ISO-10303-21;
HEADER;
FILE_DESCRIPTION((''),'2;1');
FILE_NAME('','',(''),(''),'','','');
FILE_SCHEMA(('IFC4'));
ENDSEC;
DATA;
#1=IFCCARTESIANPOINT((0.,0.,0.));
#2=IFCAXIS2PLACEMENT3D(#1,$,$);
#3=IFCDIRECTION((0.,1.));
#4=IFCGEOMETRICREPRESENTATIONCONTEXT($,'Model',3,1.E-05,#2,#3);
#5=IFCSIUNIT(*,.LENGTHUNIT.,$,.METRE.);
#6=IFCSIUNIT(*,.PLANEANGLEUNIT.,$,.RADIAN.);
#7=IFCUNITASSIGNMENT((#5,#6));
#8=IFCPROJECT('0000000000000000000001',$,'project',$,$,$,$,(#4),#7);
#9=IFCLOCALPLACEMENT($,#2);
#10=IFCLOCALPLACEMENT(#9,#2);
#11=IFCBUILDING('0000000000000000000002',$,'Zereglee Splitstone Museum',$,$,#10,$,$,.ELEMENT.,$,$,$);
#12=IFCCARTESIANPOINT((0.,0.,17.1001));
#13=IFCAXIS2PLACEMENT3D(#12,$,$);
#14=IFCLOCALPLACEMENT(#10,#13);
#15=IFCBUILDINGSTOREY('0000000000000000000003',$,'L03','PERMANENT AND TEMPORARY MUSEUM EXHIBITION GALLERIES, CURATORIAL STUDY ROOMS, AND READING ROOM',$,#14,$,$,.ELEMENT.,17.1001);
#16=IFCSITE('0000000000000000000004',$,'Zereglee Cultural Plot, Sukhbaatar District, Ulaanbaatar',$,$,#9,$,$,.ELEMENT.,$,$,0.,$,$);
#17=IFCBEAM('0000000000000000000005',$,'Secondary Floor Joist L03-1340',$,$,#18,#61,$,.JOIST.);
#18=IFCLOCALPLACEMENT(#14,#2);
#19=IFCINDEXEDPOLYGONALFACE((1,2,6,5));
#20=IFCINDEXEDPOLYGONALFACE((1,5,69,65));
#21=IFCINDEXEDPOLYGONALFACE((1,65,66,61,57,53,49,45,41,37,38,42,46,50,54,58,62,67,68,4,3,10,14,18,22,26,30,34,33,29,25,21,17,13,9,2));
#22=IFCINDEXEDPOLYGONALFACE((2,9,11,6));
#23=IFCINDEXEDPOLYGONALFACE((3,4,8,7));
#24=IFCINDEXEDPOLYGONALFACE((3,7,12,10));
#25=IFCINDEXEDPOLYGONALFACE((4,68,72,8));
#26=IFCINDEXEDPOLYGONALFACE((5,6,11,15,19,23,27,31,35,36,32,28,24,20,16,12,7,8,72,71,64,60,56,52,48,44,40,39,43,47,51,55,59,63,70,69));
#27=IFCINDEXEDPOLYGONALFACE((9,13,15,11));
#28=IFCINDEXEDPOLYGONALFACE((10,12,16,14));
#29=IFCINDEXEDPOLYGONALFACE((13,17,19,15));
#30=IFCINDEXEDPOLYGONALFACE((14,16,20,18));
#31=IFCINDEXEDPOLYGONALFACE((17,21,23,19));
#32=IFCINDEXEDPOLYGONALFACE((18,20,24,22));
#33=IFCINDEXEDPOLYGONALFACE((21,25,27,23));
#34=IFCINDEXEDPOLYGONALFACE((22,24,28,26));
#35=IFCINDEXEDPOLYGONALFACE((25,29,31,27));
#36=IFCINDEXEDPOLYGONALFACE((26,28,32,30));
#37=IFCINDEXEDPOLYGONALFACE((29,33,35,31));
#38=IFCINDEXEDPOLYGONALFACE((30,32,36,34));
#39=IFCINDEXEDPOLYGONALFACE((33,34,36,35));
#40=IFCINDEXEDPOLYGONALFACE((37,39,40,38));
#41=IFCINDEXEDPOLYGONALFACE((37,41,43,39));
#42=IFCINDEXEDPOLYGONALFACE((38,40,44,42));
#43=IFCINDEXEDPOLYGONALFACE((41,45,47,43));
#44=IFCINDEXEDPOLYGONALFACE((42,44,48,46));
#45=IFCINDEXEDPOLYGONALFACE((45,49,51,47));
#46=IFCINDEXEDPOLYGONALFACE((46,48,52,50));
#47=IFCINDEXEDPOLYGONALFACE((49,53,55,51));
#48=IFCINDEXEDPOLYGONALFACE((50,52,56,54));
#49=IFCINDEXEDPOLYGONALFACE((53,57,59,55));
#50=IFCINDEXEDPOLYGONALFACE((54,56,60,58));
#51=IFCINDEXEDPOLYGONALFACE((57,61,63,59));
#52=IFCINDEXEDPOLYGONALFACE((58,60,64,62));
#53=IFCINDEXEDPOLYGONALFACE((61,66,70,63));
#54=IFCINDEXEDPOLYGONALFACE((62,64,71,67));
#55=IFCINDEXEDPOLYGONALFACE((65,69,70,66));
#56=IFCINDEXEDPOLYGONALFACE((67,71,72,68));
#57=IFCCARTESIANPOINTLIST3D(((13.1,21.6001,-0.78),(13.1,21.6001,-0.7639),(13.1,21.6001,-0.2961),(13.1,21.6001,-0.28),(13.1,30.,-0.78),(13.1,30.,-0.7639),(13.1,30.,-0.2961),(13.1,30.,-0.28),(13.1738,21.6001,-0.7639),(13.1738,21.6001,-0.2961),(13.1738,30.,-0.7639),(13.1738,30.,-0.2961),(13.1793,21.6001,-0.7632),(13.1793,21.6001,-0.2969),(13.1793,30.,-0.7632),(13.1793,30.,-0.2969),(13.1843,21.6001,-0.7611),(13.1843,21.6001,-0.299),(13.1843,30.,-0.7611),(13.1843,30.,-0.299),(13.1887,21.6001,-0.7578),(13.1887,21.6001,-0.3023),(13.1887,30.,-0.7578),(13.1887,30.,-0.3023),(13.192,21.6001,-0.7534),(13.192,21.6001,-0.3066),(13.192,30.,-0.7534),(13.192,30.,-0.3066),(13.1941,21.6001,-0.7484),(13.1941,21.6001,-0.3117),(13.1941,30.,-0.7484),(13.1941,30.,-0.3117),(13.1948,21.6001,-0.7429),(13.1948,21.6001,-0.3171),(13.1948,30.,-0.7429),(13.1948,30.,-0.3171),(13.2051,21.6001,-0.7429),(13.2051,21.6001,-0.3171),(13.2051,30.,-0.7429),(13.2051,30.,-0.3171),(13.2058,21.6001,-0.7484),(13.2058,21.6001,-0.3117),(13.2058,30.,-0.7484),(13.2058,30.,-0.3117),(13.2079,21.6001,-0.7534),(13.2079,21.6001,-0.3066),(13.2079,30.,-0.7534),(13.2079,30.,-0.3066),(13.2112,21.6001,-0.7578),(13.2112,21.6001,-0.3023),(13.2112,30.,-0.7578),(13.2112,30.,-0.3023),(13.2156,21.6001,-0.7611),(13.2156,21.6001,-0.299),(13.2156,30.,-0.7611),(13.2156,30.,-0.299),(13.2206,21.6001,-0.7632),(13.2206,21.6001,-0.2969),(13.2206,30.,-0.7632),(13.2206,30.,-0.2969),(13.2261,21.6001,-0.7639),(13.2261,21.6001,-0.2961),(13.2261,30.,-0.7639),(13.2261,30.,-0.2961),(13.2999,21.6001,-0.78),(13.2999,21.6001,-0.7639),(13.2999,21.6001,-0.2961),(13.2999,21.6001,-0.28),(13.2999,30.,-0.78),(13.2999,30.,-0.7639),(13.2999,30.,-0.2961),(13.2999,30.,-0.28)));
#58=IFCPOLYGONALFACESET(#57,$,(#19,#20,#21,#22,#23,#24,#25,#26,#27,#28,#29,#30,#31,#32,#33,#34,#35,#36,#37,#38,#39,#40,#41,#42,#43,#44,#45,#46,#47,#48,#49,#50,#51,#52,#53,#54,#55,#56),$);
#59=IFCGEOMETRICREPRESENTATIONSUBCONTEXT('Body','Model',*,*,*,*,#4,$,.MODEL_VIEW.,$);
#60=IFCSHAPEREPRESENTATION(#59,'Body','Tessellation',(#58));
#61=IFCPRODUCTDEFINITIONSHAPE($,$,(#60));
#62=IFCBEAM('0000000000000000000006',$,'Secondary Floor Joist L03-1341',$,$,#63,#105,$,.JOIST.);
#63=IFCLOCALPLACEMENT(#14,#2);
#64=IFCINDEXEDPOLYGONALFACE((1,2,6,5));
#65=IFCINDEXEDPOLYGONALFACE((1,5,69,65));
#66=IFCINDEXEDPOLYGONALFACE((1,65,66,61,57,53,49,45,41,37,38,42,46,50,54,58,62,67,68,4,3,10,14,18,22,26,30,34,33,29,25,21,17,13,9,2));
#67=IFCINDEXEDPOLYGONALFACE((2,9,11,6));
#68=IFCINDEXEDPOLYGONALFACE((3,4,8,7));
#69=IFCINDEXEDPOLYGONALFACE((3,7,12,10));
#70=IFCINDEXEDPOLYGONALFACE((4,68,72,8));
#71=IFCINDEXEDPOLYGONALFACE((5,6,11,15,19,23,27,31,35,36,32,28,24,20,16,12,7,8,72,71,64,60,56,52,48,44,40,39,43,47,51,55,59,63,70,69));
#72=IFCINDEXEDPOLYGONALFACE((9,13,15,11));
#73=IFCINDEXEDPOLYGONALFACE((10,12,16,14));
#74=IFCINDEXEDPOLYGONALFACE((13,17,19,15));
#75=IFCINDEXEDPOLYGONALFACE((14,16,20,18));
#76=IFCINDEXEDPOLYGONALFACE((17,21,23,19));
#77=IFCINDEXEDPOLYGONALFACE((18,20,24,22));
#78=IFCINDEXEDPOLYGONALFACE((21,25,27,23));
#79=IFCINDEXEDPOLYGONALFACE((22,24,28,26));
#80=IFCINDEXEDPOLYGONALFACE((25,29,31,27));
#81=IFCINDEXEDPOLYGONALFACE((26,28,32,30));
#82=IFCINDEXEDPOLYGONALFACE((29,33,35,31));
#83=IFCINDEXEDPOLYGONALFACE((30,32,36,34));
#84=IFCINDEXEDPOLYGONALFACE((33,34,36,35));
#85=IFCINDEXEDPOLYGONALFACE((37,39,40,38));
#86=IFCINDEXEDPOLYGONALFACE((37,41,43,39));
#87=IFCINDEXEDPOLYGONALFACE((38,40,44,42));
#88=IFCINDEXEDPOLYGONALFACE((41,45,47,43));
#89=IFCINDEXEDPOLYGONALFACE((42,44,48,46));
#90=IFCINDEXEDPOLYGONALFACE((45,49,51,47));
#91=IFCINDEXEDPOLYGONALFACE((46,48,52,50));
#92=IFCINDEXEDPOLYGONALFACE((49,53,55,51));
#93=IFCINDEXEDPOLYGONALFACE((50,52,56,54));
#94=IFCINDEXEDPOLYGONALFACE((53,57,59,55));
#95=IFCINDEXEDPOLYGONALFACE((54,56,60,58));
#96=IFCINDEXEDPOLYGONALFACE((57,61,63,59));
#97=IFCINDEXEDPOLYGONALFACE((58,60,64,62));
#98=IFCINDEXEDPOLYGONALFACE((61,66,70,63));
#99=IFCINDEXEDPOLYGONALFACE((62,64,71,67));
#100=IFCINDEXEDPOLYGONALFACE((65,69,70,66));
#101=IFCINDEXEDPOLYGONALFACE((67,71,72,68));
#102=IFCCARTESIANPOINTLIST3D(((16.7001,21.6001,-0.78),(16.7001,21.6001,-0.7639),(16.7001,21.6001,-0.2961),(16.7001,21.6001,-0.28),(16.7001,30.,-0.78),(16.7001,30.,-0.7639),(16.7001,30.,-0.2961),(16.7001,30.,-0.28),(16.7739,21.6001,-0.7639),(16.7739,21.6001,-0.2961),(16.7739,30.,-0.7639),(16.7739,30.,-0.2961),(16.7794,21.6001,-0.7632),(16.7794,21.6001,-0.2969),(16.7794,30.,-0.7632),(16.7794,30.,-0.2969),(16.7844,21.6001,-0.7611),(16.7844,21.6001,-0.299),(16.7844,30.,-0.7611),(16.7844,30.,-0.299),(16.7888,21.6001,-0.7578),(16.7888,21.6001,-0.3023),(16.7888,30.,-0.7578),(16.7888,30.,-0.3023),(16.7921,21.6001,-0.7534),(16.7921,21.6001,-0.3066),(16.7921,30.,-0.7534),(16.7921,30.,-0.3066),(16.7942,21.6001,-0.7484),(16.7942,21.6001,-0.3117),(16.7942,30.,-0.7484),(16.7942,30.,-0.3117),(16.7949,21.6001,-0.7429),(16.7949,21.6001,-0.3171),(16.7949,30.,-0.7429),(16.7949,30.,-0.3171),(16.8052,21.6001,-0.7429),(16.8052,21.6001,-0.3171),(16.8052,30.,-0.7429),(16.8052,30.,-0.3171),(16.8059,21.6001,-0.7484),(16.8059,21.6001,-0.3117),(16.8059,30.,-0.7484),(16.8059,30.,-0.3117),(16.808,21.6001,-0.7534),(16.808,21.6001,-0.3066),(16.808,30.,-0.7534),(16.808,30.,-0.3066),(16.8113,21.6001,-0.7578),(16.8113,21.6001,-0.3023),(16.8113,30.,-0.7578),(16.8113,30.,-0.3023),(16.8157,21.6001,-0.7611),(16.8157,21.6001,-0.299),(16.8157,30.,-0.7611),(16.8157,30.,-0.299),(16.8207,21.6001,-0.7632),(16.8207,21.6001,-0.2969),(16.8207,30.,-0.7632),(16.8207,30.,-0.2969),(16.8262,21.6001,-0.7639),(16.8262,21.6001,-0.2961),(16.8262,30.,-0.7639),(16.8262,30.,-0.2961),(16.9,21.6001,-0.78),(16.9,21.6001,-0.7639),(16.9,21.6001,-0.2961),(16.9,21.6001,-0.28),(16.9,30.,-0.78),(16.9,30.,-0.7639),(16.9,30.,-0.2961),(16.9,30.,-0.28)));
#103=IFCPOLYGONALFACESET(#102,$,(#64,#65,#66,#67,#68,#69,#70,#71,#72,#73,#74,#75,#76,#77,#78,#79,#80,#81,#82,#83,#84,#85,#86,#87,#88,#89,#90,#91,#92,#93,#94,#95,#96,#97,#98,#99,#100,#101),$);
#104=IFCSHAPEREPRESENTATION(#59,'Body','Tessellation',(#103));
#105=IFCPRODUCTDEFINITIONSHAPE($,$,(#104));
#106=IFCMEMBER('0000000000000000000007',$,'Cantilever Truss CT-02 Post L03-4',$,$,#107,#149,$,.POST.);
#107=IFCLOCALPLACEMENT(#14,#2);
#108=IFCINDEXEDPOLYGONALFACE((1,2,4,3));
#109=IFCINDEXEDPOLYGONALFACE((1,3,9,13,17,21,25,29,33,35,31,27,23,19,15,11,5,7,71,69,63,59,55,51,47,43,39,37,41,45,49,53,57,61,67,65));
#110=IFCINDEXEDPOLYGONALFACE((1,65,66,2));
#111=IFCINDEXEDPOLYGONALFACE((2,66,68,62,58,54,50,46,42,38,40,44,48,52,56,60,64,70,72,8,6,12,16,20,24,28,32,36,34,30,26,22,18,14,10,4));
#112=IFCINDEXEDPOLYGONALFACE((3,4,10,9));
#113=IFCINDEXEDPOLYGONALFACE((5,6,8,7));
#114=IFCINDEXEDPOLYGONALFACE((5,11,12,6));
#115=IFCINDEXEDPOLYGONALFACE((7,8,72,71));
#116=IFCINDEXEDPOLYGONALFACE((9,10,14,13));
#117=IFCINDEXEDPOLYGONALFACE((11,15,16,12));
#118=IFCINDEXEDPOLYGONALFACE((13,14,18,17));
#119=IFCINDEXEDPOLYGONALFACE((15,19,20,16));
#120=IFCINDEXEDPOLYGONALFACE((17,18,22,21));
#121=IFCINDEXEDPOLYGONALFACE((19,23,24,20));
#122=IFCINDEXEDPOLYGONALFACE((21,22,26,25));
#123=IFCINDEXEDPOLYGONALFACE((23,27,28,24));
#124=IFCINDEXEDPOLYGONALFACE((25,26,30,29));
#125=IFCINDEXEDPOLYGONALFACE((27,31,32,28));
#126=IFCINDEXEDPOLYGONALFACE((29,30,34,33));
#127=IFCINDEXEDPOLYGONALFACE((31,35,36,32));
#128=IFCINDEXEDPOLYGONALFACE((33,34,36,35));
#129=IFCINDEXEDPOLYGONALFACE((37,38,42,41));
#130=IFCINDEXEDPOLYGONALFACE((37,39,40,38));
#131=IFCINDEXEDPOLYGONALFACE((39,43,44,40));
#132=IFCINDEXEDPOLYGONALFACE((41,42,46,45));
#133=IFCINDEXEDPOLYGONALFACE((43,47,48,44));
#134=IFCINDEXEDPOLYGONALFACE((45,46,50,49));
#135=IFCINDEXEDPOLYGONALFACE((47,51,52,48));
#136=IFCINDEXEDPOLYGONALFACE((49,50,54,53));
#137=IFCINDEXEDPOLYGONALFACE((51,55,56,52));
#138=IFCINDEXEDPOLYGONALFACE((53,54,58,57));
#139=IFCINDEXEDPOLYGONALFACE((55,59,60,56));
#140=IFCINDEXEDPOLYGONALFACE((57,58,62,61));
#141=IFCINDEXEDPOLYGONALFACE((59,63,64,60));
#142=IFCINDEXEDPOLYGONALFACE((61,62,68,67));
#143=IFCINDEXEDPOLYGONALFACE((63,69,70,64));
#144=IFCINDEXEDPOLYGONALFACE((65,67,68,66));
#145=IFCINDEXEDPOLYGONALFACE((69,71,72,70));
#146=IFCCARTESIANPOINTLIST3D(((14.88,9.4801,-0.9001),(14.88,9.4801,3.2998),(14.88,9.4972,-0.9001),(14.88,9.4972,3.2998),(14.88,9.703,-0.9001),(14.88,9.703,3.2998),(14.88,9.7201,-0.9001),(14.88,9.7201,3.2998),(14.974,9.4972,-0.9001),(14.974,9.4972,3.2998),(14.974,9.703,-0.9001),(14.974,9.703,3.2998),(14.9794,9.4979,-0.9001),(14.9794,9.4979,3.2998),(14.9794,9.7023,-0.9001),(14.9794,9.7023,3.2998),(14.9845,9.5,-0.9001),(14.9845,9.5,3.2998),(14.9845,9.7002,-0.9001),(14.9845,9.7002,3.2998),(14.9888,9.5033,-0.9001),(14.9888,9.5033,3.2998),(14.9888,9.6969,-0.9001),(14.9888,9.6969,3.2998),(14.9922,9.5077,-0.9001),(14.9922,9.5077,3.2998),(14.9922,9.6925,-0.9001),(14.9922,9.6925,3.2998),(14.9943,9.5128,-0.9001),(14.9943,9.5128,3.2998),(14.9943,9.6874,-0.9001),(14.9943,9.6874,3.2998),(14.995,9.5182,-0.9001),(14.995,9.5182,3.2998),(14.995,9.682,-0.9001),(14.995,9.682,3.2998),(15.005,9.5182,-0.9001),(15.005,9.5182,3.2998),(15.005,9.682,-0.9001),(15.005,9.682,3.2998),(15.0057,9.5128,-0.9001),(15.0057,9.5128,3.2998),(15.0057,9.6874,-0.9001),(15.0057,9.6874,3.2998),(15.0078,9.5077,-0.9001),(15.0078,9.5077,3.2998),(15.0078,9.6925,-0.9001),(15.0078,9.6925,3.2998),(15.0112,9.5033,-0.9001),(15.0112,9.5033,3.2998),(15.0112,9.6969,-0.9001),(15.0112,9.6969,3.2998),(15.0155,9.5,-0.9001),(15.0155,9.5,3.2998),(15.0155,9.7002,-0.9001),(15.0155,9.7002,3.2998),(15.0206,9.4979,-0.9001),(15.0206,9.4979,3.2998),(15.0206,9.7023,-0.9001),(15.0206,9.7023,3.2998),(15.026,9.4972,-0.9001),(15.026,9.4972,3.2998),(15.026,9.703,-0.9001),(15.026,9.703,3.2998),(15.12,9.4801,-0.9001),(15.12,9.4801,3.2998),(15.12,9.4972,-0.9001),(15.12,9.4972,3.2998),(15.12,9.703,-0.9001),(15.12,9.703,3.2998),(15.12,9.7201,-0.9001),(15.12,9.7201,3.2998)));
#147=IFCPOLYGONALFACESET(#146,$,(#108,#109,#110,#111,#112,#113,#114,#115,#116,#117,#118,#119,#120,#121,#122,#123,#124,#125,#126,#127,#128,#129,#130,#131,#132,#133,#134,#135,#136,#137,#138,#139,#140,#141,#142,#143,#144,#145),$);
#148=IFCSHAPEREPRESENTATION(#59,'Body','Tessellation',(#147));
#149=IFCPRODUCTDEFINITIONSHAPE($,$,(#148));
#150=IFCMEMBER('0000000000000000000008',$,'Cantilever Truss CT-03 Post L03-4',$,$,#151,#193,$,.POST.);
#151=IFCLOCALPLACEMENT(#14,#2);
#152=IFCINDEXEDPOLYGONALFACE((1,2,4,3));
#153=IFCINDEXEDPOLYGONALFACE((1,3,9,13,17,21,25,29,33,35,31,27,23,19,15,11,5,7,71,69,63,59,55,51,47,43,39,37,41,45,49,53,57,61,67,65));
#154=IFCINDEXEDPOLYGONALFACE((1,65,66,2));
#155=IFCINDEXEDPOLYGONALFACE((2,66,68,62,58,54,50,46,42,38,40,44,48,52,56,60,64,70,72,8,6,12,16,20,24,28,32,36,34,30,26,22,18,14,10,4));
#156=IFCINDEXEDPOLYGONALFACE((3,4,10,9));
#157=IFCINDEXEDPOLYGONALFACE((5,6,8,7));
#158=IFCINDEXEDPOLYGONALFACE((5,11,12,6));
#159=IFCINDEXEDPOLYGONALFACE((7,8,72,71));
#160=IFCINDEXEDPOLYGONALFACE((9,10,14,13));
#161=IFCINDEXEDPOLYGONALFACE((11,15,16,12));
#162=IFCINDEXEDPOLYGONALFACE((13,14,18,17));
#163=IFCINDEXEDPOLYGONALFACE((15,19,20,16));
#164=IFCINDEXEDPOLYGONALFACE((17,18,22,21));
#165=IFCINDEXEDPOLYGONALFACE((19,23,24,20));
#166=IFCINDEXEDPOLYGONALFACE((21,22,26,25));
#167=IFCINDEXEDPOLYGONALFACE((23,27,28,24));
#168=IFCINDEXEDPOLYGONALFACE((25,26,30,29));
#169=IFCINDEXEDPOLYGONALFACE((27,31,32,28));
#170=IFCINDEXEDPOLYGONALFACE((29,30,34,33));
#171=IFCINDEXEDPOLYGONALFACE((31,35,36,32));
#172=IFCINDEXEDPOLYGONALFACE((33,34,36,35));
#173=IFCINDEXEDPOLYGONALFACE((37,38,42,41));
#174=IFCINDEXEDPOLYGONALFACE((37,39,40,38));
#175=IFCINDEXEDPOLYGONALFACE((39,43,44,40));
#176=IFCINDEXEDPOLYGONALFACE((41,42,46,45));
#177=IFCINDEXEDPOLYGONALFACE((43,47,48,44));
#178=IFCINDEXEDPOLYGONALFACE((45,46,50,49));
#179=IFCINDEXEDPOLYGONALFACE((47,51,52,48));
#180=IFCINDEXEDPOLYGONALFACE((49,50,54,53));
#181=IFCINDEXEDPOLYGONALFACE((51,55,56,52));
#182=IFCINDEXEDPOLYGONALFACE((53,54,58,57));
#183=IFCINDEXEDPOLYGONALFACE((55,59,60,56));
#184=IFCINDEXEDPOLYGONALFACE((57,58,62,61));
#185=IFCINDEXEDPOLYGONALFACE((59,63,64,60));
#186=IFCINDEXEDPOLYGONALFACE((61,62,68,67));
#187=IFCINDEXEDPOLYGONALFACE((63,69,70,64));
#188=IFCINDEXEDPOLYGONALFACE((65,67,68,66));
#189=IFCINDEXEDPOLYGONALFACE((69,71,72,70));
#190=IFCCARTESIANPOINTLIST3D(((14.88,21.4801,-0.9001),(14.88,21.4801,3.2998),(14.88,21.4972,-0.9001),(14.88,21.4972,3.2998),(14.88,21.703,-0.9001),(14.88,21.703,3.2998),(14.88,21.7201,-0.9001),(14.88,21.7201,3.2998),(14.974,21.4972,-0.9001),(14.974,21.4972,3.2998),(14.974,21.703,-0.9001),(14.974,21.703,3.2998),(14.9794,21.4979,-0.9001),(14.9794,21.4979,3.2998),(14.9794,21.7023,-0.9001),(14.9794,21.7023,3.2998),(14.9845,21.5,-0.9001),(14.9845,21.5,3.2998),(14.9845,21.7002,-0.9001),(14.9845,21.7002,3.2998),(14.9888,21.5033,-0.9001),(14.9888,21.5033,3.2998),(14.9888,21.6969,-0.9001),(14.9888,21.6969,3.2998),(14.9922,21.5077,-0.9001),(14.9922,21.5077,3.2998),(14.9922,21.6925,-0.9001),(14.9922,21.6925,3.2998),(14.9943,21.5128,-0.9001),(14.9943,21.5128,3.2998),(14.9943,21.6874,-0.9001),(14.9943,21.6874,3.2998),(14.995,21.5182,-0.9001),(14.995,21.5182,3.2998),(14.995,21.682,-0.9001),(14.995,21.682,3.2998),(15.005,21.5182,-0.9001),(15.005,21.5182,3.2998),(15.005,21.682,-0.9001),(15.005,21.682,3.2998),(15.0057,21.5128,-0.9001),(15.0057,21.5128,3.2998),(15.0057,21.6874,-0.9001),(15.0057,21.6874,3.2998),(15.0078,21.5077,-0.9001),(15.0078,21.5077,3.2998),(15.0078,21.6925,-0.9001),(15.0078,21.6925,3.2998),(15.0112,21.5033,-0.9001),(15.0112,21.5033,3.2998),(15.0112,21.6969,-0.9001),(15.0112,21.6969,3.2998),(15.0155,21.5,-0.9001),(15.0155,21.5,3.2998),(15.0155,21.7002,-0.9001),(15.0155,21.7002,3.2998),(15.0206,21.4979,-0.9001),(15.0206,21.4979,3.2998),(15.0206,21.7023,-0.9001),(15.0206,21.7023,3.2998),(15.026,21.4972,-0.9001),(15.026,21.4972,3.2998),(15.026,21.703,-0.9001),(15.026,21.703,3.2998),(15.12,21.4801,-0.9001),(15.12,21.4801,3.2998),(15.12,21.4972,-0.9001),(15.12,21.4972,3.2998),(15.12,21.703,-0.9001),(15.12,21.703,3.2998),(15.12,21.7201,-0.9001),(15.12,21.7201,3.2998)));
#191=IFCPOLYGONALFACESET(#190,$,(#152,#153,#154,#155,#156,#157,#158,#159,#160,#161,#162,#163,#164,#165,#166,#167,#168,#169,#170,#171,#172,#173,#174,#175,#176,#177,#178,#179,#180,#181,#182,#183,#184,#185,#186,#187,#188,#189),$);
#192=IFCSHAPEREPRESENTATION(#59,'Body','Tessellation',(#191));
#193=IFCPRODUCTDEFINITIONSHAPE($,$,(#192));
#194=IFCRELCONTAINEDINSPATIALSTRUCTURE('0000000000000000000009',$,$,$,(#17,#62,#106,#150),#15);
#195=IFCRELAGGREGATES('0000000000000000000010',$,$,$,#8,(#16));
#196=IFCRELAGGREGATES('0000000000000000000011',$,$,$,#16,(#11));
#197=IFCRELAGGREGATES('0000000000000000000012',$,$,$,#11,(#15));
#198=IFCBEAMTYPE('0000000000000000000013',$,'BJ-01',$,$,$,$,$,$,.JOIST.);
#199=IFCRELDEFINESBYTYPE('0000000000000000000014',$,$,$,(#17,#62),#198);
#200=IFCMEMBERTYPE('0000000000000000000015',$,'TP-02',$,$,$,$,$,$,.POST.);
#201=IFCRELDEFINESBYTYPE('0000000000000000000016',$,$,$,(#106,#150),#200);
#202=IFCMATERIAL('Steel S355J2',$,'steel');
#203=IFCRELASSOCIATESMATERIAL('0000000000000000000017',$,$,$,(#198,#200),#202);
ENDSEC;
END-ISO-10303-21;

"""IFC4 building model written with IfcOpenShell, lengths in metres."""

from ifc_helpers import new_model, si_unit, direction, frame, origin, origin_2d, place, context, subcontext, project, spatial, i_section, extrude, material, material_profile, profile_set, type_object, element, save


model = new_model("IFC4")

# Units and contexts
model_context = context("Model", 3, precision=1e-05, world=origin(), true_north=direction((0.0, 1.0)))
body_context = subcontext(model_context, "Body", "Model", "MODEL_VIEW")
ifc_project = project(units=[si_unit("LENGTHUNIT", "METRE"), si_unit("PLANEANGLEUNIT", "RADIAN")], contexts=[model_context])

# Site, building, storey
site_placement = place(None, origin())
site = spatial("IfcSite", under=ifc_project, at=site_placement, Name="Zereglee Cultural Plot, Sukhbaatar District, Ulaanbaatar", CompositionType="ELEMENT", RefElevation=0.0)
building_placement = place(site_placement, origin())
building = spatial("IfcBuilding", under=site, at=building_placement, Name="Zereglee Splitstone Museum", CompositionType="ELEMENT")
storey_placement = place(building_placement, frame((0.0, 0.0, 17.1001)))
storey = spatial("IfcBuildingStorey", under=building, at=storey_placement, Name="L03", Description="PERMANENT AND TEMPORARY MUSEUM EXHIBITION GALLERIES, CURATORIAL STUDY ROOMS, AND READING ROOM", CompositionType="ELEMENT", Elevation=17.1001)

# Shared definitions
ifc_material_1 = material(Name="Steel S355J2", Category="steel")

# Beams
ifc_material_profile_1 = material_profile(ifc_material_1, i_section(OverallWidth=0.2, OverallDepth=0.5, WebThickness=0.0103, FlangeThickness=0.0161, FilletRadius=0.021, at=origin_2d()), Name="IPE 500")
ifc_profile_set_1 = profile_set([ifc_material_profile_1], Name="Steel S355J2")
beam_type_1 = type_object("IfcBeamType", Name="BJ-01", PredefinedType="JOIST", material=ifc_profile_set_1)
for number, where, z_axis, x_axis, name in (
    (1, (13.2, 21.6001, -0.53), (0.0, 1.0, 0.0), (-1.0, 0.0, 0.0), "Secondary Floor Joist L03-1340"),
    (2, (16.8, 21.6001, -0.53), (0.0, 1.0, 0.0), (-1.0, 0.0, 0.0), "Secondary Floor Joist L03-1341"),
):
    element("IfcBeam", number, at=place(storey_placement, frame(where, z_axis=z_axis, x_axis=x_axis)), inside=storey, type_object=beam_type_1, Name=name, PredefinedType="JOIST", context=body_context, shape_type="SweptSolid", body=[
        extrude(i_section(OverallWidth=0.2, OverallDepth=0.5, WebThickness=0.0103, FlangeThickness=0.0161, FilletRadius=0.021, at=origin_2d()), origin(), (0.0, 0.0, 1.0), 8.3999),
    ])

# Members
ifc_material_profile_2 = material_profile(ifc_material_1, i_section(OverallWidth=0.24, OverallDepth=0.24, WebThickness=0.01, FlangeThickness=0.0171, FilletRadius=0.021, at=origin_2d()), Name="HE 240 B")
ifc_profile_set_2 = profile_set([ifc_material_profile_2], Name="Steel S355J2")
member_type_1 = type_object("IfcMemberType", Name="TP-02", PredefinedType="POST", material=ifc_profile_set_2)
for number, where, z_axis, x_axis, name in (
    (3, (15.0, 9.6001, -0.9001), (0.0, 0.0, 1.0), (1.0, 0.0, 0.0), "Cantilever Truss CT-02 Post L03-4"),
    (4, (15.0, 21.6001, -0.9001), (0.0, 0.0, 1.0), (1.0, 0.0, 0.0), "Cantilever Truss CT-03 Post L03-4"),
):
    element("IfcMember", number, at=place(storey_placement, frame(where, z_axis=z_axis, x_axis=x_axis)), inside=storey, type_object=member_type_1, Name=name, PredefinedType="POST", context=body_context, shape_type="SweptSolid", body=[
        extrude(i_section(OverallWidth=0.24, OverallDepth=0.24, WebThickness=0.01, FlangeThickness=0.0171, FilletRadius=0.021, at=origin_2d()), origin(), (0.0, 0.0, 1.0), 4.2),
    ])

save(model, "model.ifc")
